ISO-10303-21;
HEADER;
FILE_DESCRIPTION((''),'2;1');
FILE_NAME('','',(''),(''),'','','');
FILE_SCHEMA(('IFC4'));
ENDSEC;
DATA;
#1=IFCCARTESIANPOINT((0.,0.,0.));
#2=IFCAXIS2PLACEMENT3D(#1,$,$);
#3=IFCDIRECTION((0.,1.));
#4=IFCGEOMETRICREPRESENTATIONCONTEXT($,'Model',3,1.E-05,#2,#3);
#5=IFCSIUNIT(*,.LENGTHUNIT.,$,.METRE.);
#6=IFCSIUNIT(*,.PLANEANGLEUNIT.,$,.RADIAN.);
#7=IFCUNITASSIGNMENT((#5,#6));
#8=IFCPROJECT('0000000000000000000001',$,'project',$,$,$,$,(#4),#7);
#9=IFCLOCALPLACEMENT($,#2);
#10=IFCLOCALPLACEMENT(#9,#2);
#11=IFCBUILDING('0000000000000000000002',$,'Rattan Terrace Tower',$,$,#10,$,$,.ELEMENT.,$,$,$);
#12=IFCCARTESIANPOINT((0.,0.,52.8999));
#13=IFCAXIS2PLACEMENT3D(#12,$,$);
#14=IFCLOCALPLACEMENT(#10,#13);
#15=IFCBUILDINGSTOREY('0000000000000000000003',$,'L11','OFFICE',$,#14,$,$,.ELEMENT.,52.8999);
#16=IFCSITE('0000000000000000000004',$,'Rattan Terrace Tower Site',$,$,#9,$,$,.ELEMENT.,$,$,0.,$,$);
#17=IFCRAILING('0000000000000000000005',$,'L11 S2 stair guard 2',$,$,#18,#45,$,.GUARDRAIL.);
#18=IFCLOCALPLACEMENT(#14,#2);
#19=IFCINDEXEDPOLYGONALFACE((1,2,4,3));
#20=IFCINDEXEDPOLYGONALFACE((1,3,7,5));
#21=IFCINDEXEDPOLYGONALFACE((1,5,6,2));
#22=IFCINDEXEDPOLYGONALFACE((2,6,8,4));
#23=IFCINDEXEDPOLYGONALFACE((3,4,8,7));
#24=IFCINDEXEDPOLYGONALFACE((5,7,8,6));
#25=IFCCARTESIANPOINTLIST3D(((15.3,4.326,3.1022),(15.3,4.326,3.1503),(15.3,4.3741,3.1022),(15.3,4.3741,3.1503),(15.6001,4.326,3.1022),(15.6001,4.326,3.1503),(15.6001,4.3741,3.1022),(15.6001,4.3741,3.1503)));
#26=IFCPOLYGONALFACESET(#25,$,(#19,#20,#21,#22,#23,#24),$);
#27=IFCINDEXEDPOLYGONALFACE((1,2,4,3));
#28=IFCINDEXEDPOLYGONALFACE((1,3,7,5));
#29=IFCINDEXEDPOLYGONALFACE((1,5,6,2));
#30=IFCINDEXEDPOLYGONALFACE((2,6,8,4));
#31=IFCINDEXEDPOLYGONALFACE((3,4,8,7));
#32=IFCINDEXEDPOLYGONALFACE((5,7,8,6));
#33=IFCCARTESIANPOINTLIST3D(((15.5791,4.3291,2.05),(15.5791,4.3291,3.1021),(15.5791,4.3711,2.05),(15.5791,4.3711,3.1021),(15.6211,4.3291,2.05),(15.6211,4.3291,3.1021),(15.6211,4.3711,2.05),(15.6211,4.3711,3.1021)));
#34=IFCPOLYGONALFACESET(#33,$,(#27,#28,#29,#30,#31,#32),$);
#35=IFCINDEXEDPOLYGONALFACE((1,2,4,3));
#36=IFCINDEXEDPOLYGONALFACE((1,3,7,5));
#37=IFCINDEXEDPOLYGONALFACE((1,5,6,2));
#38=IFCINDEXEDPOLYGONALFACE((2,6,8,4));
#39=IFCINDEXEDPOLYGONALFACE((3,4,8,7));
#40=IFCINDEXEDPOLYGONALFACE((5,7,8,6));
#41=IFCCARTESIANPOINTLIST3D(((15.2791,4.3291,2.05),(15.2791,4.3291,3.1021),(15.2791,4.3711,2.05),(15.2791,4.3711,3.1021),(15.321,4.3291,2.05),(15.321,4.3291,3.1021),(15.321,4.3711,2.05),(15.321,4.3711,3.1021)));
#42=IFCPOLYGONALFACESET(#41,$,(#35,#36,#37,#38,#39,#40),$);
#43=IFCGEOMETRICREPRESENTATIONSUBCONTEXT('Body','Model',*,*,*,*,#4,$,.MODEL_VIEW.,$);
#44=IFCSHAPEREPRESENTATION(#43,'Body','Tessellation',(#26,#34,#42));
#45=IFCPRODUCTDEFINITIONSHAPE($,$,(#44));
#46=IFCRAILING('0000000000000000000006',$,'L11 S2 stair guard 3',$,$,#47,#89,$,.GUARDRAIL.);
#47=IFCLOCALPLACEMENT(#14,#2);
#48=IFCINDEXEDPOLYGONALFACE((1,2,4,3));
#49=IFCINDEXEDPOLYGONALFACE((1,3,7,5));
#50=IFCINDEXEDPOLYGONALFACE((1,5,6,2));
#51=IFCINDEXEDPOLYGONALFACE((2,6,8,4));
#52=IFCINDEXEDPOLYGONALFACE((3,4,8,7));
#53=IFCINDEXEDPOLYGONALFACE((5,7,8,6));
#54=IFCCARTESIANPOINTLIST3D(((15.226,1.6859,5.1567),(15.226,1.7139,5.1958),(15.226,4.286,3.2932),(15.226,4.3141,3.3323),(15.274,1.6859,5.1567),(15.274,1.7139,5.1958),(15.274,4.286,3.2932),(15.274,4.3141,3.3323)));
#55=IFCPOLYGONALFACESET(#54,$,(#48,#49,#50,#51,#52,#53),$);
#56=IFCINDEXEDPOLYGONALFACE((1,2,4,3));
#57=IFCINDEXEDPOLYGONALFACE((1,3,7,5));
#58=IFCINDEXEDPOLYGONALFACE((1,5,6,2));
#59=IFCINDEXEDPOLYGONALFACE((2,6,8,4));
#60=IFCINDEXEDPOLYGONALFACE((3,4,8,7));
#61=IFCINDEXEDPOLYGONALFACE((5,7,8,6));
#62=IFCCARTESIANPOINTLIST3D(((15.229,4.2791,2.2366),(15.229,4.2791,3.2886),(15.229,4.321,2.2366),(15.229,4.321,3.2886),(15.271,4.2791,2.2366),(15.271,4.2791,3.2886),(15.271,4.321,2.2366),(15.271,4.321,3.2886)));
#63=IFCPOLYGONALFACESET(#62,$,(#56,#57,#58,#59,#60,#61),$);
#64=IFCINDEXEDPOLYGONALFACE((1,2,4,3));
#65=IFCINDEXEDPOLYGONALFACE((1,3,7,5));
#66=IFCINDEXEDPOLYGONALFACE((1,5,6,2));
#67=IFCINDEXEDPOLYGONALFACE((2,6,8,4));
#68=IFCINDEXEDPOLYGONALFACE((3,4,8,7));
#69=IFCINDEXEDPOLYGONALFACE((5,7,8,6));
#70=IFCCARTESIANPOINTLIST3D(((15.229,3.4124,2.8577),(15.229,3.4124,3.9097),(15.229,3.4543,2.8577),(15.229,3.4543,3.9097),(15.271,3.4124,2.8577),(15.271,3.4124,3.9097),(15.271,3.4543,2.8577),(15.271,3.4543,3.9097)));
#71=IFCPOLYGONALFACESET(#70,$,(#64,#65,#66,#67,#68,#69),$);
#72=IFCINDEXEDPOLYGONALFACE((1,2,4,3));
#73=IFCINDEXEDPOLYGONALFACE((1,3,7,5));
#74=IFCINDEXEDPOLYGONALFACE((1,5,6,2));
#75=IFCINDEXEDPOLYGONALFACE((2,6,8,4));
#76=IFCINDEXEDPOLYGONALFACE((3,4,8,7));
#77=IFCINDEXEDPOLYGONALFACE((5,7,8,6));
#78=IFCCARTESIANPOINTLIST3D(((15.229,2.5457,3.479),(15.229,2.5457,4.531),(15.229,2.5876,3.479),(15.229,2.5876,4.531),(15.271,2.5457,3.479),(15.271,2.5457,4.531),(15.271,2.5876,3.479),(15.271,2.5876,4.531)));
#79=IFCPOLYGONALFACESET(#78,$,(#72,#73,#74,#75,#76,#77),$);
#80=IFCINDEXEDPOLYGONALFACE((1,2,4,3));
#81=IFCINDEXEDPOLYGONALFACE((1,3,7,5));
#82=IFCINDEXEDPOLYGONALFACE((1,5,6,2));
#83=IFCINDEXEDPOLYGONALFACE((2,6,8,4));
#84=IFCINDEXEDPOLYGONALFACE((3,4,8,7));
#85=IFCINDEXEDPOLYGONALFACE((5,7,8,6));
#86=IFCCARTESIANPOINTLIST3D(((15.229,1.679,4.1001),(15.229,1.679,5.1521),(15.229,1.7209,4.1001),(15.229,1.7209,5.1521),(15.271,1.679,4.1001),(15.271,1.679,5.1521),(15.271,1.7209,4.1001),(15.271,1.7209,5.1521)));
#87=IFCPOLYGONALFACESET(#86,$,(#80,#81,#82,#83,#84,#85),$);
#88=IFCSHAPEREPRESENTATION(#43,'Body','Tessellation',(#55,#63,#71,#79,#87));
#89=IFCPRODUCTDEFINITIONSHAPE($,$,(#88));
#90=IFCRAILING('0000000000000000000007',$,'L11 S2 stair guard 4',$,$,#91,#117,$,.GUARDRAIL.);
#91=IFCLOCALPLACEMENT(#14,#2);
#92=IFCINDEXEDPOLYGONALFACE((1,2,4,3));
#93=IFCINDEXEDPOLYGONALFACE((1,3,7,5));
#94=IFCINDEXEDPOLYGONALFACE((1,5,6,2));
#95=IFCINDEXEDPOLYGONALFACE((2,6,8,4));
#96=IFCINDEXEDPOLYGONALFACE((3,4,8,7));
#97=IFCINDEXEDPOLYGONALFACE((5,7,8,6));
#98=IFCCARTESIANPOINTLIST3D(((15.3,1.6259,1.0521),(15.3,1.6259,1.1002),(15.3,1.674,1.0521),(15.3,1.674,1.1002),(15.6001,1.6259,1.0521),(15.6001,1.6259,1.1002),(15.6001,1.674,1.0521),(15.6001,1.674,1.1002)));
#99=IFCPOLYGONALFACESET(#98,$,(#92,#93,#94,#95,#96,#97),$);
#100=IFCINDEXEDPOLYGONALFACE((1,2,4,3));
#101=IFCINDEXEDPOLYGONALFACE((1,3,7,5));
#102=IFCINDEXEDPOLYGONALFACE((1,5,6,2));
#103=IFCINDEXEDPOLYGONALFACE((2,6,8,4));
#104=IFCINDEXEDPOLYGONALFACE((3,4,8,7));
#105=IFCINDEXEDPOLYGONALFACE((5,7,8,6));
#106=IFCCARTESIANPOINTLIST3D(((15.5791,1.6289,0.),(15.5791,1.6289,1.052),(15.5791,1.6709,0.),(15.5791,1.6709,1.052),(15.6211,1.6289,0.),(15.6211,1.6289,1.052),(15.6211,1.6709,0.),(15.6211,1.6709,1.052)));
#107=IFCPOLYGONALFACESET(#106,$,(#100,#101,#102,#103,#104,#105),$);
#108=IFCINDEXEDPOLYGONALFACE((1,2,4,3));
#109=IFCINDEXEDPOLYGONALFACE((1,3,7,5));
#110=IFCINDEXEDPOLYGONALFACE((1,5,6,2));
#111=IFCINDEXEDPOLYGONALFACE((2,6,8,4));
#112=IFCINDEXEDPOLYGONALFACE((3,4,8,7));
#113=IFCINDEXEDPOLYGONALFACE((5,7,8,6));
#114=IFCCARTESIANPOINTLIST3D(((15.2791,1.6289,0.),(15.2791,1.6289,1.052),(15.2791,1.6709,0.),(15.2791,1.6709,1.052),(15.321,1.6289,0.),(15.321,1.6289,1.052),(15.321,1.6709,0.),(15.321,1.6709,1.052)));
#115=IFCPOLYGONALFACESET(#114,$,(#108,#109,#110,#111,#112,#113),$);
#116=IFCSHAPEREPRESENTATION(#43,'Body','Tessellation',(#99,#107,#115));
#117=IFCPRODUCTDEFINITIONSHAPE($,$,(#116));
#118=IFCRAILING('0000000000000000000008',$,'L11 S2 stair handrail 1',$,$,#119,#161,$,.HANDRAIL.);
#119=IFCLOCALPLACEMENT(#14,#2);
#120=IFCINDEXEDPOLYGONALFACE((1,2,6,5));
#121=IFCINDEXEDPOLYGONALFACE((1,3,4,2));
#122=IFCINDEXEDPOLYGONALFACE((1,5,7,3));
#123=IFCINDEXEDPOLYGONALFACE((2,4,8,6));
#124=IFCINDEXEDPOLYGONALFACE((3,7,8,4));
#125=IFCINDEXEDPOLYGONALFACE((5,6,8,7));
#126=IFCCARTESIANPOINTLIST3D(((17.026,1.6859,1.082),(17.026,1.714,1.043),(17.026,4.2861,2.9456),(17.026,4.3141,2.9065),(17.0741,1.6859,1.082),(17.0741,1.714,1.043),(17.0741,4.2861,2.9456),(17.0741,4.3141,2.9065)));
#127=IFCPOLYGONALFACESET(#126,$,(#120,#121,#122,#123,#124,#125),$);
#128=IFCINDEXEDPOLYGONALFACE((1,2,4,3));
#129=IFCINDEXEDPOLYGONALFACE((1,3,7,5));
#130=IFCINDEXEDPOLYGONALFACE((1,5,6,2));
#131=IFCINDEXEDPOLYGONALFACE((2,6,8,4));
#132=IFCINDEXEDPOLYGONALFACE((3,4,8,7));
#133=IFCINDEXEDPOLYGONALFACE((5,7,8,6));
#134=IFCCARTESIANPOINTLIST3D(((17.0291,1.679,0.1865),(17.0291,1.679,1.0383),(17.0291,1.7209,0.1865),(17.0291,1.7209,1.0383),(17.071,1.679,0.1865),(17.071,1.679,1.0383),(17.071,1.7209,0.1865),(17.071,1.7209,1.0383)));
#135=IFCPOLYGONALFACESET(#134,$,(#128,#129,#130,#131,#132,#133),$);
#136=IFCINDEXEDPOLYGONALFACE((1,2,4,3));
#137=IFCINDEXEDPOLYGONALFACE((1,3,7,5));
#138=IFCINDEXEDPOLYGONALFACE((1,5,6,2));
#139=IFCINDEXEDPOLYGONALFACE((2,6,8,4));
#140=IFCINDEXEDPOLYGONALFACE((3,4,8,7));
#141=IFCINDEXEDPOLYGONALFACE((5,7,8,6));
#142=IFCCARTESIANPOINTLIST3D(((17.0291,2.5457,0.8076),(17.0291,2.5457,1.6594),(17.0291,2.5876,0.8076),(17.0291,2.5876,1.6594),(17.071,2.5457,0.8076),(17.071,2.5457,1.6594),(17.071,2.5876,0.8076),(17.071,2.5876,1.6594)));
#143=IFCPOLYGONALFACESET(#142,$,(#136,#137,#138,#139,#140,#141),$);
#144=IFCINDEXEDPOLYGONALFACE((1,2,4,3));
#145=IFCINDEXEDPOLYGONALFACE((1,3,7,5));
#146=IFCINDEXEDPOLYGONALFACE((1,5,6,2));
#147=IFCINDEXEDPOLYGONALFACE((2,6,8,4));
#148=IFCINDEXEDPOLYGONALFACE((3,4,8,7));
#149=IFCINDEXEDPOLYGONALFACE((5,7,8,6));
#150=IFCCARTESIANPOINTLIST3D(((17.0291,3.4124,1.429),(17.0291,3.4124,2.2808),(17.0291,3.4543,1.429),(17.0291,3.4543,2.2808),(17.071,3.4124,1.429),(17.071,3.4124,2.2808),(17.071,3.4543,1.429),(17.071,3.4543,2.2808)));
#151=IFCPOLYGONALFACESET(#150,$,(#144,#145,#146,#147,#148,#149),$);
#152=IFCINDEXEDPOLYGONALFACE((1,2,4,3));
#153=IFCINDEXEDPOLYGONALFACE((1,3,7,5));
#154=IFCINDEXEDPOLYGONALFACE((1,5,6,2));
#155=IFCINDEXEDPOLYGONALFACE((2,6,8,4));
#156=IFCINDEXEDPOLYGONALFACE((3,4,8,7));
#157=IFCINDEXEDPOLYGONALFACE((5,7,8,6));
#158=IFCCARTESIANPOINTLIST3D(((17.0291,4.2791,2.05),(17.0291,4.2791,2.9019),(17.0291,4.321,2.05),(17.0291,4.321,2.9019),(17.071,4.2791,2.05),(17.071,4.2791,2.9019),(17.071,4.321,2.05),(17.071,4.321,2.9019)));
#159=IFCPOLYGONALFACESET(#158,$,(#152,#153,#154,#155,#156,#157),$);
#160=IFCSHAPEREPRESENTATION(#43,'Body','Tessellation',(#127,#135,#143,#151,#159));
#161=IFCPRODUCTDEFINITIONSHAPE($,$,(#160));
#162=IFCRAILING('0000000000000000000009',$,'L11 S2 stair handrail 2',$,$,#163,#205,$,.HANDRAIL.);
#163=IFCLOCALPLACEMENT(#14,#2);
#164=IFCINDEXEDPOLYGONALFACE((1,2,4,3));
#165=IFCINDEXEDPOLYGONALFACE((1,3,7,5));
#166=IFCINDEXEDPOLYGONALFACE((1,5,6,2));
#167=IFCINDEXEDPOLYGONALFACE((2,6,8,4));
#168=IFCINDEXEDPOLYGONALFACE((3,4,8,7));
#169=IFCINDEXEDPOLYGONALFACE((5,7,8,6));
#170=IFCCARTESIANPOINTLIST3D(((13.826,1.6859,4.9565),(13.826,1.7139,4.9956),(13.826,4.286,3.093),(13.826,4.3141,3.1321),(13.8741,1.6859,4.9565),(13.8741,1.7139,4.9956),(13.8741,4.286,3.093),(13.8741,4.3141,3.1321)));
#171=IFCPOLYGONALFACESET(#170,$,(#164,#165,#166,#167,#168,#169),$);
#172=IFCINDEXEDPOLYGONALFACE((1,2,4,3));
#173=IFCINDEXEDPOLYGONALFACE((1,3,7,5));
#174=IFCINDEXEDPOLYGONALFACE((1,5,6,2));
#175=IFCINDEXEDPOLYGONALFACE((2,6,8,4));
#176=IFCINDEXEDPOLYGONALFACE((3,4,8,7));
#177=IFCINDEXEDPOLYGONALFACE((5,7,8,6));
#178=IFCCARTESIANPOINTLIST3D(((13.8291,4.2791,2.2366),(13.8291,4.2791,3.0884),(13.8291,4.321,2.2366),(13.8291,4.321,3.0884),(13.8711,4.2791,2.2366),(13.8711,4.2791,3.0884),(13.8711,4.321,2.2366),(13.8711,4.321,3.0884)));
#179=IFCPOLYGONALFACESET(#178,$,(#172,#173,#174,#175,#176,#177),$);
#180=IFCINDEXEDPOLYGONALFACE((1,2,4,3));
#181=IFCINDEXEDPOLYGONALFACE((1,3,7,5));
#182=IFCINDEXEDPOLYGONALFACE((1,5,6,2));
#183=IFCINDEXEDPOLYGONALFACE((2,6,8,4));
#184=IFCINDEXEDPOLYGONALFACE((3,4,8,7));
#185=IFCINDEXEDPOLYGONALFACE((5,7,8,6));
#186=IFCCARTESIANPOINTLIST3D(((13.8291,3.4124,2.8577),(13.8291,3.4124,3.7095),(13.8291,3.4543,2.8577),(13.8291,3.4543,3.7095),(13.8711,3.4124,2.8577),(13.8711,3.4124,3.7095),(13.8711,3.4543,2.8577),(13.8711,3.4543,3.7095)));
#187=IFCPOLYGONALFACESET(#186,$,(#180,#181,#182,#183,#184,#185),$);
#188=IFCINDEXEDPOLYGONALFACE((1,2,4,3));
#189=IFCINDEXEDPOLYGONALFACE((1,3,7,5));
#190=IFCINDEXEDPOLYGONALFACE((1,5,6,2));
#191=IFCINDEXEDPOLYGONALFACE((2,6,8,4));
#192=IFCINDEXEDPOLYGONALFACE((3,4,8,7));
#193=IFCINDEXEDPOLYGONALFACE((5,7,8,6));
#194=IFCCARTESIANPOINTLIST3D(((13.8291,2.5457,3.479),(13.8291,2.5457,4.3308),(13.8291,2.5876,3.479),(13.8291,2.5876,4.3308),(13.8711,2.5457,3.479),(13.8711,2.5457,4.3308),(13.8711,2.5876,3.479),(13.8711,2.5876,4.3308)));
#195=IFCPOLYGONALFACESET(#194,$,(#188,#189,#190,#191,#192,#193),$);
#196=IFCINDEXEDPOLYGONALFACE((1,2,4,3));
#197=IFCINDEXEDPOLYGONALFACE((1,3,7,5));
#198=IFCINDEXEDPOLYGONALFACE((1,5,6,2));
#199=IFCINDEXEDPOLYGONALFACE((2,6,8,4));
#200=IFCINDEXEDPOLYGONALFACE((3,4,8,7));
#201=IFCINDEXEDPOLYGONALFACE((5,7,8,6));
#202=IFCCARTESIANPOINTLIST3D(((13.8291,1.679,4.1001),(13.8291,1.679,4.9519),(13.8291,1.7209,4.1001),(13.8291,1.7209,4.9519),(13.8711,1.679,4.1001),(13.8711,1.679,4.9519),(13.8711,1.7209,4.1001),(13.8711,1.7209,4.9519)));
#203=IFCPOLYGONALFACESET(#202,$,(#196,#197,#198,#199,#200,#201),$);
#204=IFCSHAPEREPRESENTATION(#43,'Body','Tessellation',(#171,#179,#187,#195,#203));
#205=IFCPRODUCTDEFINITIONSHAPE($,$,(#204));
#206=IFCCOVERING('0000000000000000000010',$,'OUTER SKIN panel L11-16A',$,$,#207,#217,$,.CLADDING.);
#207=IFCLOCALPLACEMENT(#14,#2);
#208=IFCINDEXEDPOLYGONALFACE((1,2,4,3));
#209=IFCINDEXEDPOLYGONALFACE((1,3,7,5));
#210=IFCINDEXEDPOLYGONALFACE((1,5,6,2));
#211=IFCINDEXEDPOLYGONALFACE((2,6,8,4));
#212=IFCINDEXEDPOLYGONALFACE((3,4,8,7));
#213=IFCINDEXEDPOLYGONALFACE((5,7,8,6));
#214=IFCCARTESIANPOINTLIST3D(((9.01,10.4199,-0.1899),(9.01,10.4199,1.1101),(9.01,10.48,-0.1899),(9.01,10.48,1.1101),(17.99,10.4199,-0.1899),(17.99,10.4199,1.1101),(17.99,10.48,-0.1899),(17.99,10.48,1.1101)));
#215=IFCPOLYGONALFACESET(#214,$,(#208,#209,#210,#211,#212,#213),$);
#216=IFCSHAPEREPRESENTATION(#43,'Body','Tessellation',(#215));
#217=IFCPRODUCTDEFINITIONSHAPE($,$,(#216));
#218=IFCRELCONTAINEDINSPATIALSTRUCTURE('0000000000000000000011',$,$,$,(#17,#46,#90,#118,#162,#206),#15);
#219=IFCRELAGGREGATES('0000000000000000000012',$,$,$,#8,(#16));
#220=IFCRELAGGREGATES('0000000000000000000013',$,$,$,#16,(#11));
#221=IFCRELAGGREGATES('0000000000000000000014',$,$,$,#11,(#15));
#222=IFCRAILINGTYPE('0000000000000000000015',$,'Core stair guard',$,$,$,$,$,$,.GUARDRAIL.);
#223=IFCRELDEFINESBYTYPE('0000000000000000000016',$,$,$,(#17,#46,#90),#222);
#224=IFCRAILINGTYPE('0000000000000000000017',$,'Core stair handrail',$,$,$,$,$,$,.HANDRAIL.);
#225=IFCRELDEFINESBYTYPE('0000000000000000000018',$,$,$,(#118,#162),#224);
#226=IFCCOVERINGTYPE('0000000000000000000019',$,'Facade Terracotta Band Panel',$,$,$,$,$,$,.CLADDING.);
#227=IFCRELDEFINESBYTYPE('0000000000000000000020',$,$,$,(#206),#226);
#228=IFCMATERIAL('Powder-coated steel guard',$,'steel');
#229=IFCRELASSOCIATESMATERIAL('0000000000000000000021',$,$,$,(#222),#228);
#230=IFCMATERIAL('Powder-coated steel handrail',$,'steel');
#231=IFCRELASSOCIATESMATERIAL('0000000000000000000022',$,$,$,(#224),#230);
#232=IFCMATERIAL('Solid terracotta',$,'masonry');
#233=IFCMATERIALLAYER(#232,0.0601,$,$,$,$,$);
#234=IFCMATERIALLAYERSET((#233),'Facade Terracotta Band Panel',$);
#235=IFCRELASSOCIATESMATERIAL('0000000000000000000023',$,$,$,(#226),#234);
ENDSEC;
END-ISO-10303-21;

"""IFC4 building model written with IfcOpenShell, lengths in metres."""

from ifc_helpers import new_model, si_unit, direction, frame, origin, origin_2d, place, context, subcontext, project, spatial, rectangle, extrude, material, layer, layer_set, type_object, element, save


model = new_model("IFC4")

# Units and contexts
model_context = context("Model", 3, precision=1e-05, world=origin(), true_north=direction((0.0, 1.0)))
body_context = subcontext(model_context, "Body", "Model", "MODEL_VIEW")
ifc_project = project(units=[si_unit("LENGTHUNIT", "METRE"), si_unit("PLANEANGLEUNIT", "RADIAN")], contexts=[model_context])

# Site, building, storey
site_placement = place(None, origin())
site = spatial("IfcSite", under=ifc_project, at=site_placement, Name="Rattan Terrace Tower Site", CompositionType="ELEMENT", RefElevation=0.0)
building_placement = place(site_placement, origin())
building = spatial("IfcBuilding", under=site, at=building_placement, Name="Rattan Terrace Tower", CompositionType="ELEMENT")
storey_placement = place(building_placement, frame((0.0, 0.0, 52.8999)))
storey = spatial("IfcBuildingStorey", under=building, at=storey_placement, Name="L11", Description="OFFICE", CompositionType="ELEMENT", Elevation=52.8999)

# Railings
ifc_material_1 = material(Name="Powder-coated steel guard", Category="steel")
railing_type_1 = type_object("IfcRailingType", Name="Core stair guard", PredefinedType="GUARDRAIL", material=ifc_material_1)
railing_1_placement = place(storey_placement, frame((15.6001, 4.3501, 2.05)))
element("IfcRailing", 1, at=railing_1_placement, inside=storey, type_object=railing_type_1, Name="L11 S2 stair guard 2", PredefinedType="GUARDRAIL", context=body_context, shape_type="SweptSolid", body=[
    extrude(rectangle(XDim=0.0481, YDim=0.0481, at=origin_2d()), frame((0.0, 0.0, 1.0762), z_axis=(-1.0, 0.0, 0.0), x_axis=(0.0, -1.0, 0.0)), (0.0, 0.0, 1.0), 0.3),
    extrude(rectangle(XDim=0.042, YDim=0.042, at=origin_2d()), origin(), (0.0, 0.0, 1.0), 1.052),
    extrude(rectangle(XDim=0.042, YDim=0.042, at=origin_2d()), frame((-0.3, 0.0, 0.0)), (0.0, 0.0, 1.0), 1.052),
])
railing_2_placement = place(storey_placement, frame((15.25, 4.3, 2.2366)))
element("IfcRailing", 2, at=railing_2_placement, inside=storey, type_object=railing_type_1, Name="L11 S2 stair guard 3", PredefinedType="GUARDRAIL", context=body_context, shape_type="SweptSolid", body=[
    extrude(rectangle(XDim=0.0481, YDim=0.0481, at=origin_2d()), frame((0.0, 0.0, 1.0762), z_axis=(0.0, -0.812799, 0.582544), x_axis=(1.0, 0.0, 0.0)), (0.0, 0.0, 1.0), 3.199),
    extrude(rectangle(XDim=0.042, YDim=0.042, at=origin_2d()), origin(), (0.0, 0.0, 1.0), 1.052),
    extrude(rectangle(XDim=0.042, YDim=0.042, at=origin_2d()), frame((0.0, -0.8667, 0.6211)), (0.0, 0.0, 1.0), 1.052),
    extrude(rectangle(XDim=0.042, YDim=0.042, at=origin_2d()), frame((0.0, -1.7334, 1.2424)), (0.0, 0.0, 1.0), 1.052),
    extrude(rectangle(XDim=0.042, YDim=0.042, at=origin_2d()), frame((0.0, -2.6001, 1.8635)), (0.0, 0.0, 1.0), 1.052),
])
railing_3_placement = place(storey_placement, frame((15.6001, 1.6499, 0.0)))
element("IfcRailing", 3, at=railing_3_placement, inside=storey, type_object=railing_type_1, Name="L11 S2 stair guard 4", PredefinedType="GUARDRAIL", context=body_context, shape_type="SweptSolid", body=[
    extrude(rectangle(XDim=0.0481, YDim=0.0481, at=origin_2d()), frame((0.0, 0.0, 1.0762), z_axis=(-1.0, 0.0, 0.0), x_axis=(0.0, -1.0, 0.0)), (0.0, 0.0, 1.0), 0.3),
    extrude(rectangle(XDim=0.042, YDim=0.042, at=origin_2d()), origin(), (0.0, 0.0, 1.0), 1.052),
    extrude(rectangle(XDim=0.042, YDim=0.042, at=origin_2d()), frame((-0.3, 0.0, 0.0)), (0.0, 0.0, 1.0), 1.052),
])
ifc_material_2 = material(Name="Powder-coated steel handrail", Category="steel")
railing_type_2 = type_object("IfcRailingType", Name="Core stair handrail", PredefinedType="HANDRAIL", material=ifc_material_2)
railing_4_placement = place(storey_placement, frame((17.05, 1.7, 0.1865)))
element("IfcRailing", 4, at=railing_4_placement, inside=storey, type_object=railing_type_2, Name="L11 S2 stair handrail 1", PredefinedType="HANDRAIL", context=body_context, shape_type="SweptSolid", body=[
    extrude(rectangle(XDim=0.0481, YDim=0.0481, at=origin_2d()), frame((0.0, 0.0, 0.876), z_axis=(0.0, 0.812799, 0.582544), x_axis=(-1.0, 0.0, 0.0)), (0.0, 0.0, 1.0), 3.199),
    extrude(rectangle(XDim=0.042, YDim=0.042, at=origin_2d()), origin(), (0.0, 0.0, 1.0), 0.8518),
    extrude(rectangle(XDim=0.042, YDim=0.042, at=origin_2d()), frame((0.0, 0.8667, 0.6211)), (0.0, 0.0, 1.0), 0.8518),
    extrude(rectangle(XDim=0.042, YDim=0.042, at=origin_2d()), frame((0.0, 1.7334, 1.2424)), (0.0, 0.0, 1.0), 0.8518),
    extrude(rectangle(XDim=0.042, YDim=0.042, at=origin_2d()), frame((0.0, 2.6001, 1.8635)), (0.0, 0.0, 1.0), 0.8518),
])
railing_5_placement = place(storey_placement, frame((13.8501, 4.3, 2.2366)))
element("IfcRailing", 5, at=railing_5_placement, inside=storey, type_object=railing_type_2, Name="L11 S2 stair handrail 2", PredefinedType="HANDRAIL", context=body_context, shape_type="SweptSolid", body=[
    extrude(rectangle(XDim=0.0481, YDim=0.0481, at=origin_2d()), frame((0.0, 0.0, 0.876), z_axis=(0.0, -0.812799, 0.582544), x_axis=(1.0, 0.0, 0.0)), (0.0, 0.0, 1.0), 3.199),
    extrude(rectangle(XDim=0.042, YDim=0.042, at=origin_2d()), origin(), (0.0, 0.0, 1.0), 0.8518),
    extrude(rectangle(XDim=0.042, YDim=0.042, at=origin_2d()), frame((0.0, -0.8667, 0.6211)), (0.0, 0.0, 1.0), 0.8518),
    extrude(rectangle(XDim=0.042, YDim=0.042, at=origin_2d()), frame((0.0, -1.7334, 1.2424)), (0.0, 0.0, 1.0), 0.8518),
    extrude(rectangle(XDim=0.042, YDim=0.042, at=origin_2d()), frame((0.0, -2.6001, 1.8635)), (0.0, 0.0, 1.0), 0.8518),
])

# Covering
ifc_material_3 = material(Name="Solid terracotta", Category="masonry")
ifc_layer_1 = layer(ifc_material_3, 0.0601)
ifc_layer_set_1 = layer_set([ifc_layer_1], Name="Facade Terracotta Band Panel")
covering_type_1 = type_object("IfcCoveringType", Name="Facade Terracotta Band Panel", PredefinedType="CLADDING", material=ifc_layer_set_1)
covering_1_placement = place(storey_placement, frame((13.5, 10.45, -0.1899), z_axis=(0.0, 0.0, 1.0), x_axis=(-1.0, 0.0, 0.0)))
element("IfcCovering", 6, at=covering_1_placement, inside=storey, type_object=covering_type_1, Name="OUTER SKIN panel L11-16A", PredefinedType="CLADDING", context=body_context, shape_type="SweptSolid", body=[
    extrude(rectangle(XDim=8.98, YDim=0.0601, at=origin_2d()), origin(), (0.0, 0.0, 1.0), 1.3),
])

save(model, "model.ifc")
